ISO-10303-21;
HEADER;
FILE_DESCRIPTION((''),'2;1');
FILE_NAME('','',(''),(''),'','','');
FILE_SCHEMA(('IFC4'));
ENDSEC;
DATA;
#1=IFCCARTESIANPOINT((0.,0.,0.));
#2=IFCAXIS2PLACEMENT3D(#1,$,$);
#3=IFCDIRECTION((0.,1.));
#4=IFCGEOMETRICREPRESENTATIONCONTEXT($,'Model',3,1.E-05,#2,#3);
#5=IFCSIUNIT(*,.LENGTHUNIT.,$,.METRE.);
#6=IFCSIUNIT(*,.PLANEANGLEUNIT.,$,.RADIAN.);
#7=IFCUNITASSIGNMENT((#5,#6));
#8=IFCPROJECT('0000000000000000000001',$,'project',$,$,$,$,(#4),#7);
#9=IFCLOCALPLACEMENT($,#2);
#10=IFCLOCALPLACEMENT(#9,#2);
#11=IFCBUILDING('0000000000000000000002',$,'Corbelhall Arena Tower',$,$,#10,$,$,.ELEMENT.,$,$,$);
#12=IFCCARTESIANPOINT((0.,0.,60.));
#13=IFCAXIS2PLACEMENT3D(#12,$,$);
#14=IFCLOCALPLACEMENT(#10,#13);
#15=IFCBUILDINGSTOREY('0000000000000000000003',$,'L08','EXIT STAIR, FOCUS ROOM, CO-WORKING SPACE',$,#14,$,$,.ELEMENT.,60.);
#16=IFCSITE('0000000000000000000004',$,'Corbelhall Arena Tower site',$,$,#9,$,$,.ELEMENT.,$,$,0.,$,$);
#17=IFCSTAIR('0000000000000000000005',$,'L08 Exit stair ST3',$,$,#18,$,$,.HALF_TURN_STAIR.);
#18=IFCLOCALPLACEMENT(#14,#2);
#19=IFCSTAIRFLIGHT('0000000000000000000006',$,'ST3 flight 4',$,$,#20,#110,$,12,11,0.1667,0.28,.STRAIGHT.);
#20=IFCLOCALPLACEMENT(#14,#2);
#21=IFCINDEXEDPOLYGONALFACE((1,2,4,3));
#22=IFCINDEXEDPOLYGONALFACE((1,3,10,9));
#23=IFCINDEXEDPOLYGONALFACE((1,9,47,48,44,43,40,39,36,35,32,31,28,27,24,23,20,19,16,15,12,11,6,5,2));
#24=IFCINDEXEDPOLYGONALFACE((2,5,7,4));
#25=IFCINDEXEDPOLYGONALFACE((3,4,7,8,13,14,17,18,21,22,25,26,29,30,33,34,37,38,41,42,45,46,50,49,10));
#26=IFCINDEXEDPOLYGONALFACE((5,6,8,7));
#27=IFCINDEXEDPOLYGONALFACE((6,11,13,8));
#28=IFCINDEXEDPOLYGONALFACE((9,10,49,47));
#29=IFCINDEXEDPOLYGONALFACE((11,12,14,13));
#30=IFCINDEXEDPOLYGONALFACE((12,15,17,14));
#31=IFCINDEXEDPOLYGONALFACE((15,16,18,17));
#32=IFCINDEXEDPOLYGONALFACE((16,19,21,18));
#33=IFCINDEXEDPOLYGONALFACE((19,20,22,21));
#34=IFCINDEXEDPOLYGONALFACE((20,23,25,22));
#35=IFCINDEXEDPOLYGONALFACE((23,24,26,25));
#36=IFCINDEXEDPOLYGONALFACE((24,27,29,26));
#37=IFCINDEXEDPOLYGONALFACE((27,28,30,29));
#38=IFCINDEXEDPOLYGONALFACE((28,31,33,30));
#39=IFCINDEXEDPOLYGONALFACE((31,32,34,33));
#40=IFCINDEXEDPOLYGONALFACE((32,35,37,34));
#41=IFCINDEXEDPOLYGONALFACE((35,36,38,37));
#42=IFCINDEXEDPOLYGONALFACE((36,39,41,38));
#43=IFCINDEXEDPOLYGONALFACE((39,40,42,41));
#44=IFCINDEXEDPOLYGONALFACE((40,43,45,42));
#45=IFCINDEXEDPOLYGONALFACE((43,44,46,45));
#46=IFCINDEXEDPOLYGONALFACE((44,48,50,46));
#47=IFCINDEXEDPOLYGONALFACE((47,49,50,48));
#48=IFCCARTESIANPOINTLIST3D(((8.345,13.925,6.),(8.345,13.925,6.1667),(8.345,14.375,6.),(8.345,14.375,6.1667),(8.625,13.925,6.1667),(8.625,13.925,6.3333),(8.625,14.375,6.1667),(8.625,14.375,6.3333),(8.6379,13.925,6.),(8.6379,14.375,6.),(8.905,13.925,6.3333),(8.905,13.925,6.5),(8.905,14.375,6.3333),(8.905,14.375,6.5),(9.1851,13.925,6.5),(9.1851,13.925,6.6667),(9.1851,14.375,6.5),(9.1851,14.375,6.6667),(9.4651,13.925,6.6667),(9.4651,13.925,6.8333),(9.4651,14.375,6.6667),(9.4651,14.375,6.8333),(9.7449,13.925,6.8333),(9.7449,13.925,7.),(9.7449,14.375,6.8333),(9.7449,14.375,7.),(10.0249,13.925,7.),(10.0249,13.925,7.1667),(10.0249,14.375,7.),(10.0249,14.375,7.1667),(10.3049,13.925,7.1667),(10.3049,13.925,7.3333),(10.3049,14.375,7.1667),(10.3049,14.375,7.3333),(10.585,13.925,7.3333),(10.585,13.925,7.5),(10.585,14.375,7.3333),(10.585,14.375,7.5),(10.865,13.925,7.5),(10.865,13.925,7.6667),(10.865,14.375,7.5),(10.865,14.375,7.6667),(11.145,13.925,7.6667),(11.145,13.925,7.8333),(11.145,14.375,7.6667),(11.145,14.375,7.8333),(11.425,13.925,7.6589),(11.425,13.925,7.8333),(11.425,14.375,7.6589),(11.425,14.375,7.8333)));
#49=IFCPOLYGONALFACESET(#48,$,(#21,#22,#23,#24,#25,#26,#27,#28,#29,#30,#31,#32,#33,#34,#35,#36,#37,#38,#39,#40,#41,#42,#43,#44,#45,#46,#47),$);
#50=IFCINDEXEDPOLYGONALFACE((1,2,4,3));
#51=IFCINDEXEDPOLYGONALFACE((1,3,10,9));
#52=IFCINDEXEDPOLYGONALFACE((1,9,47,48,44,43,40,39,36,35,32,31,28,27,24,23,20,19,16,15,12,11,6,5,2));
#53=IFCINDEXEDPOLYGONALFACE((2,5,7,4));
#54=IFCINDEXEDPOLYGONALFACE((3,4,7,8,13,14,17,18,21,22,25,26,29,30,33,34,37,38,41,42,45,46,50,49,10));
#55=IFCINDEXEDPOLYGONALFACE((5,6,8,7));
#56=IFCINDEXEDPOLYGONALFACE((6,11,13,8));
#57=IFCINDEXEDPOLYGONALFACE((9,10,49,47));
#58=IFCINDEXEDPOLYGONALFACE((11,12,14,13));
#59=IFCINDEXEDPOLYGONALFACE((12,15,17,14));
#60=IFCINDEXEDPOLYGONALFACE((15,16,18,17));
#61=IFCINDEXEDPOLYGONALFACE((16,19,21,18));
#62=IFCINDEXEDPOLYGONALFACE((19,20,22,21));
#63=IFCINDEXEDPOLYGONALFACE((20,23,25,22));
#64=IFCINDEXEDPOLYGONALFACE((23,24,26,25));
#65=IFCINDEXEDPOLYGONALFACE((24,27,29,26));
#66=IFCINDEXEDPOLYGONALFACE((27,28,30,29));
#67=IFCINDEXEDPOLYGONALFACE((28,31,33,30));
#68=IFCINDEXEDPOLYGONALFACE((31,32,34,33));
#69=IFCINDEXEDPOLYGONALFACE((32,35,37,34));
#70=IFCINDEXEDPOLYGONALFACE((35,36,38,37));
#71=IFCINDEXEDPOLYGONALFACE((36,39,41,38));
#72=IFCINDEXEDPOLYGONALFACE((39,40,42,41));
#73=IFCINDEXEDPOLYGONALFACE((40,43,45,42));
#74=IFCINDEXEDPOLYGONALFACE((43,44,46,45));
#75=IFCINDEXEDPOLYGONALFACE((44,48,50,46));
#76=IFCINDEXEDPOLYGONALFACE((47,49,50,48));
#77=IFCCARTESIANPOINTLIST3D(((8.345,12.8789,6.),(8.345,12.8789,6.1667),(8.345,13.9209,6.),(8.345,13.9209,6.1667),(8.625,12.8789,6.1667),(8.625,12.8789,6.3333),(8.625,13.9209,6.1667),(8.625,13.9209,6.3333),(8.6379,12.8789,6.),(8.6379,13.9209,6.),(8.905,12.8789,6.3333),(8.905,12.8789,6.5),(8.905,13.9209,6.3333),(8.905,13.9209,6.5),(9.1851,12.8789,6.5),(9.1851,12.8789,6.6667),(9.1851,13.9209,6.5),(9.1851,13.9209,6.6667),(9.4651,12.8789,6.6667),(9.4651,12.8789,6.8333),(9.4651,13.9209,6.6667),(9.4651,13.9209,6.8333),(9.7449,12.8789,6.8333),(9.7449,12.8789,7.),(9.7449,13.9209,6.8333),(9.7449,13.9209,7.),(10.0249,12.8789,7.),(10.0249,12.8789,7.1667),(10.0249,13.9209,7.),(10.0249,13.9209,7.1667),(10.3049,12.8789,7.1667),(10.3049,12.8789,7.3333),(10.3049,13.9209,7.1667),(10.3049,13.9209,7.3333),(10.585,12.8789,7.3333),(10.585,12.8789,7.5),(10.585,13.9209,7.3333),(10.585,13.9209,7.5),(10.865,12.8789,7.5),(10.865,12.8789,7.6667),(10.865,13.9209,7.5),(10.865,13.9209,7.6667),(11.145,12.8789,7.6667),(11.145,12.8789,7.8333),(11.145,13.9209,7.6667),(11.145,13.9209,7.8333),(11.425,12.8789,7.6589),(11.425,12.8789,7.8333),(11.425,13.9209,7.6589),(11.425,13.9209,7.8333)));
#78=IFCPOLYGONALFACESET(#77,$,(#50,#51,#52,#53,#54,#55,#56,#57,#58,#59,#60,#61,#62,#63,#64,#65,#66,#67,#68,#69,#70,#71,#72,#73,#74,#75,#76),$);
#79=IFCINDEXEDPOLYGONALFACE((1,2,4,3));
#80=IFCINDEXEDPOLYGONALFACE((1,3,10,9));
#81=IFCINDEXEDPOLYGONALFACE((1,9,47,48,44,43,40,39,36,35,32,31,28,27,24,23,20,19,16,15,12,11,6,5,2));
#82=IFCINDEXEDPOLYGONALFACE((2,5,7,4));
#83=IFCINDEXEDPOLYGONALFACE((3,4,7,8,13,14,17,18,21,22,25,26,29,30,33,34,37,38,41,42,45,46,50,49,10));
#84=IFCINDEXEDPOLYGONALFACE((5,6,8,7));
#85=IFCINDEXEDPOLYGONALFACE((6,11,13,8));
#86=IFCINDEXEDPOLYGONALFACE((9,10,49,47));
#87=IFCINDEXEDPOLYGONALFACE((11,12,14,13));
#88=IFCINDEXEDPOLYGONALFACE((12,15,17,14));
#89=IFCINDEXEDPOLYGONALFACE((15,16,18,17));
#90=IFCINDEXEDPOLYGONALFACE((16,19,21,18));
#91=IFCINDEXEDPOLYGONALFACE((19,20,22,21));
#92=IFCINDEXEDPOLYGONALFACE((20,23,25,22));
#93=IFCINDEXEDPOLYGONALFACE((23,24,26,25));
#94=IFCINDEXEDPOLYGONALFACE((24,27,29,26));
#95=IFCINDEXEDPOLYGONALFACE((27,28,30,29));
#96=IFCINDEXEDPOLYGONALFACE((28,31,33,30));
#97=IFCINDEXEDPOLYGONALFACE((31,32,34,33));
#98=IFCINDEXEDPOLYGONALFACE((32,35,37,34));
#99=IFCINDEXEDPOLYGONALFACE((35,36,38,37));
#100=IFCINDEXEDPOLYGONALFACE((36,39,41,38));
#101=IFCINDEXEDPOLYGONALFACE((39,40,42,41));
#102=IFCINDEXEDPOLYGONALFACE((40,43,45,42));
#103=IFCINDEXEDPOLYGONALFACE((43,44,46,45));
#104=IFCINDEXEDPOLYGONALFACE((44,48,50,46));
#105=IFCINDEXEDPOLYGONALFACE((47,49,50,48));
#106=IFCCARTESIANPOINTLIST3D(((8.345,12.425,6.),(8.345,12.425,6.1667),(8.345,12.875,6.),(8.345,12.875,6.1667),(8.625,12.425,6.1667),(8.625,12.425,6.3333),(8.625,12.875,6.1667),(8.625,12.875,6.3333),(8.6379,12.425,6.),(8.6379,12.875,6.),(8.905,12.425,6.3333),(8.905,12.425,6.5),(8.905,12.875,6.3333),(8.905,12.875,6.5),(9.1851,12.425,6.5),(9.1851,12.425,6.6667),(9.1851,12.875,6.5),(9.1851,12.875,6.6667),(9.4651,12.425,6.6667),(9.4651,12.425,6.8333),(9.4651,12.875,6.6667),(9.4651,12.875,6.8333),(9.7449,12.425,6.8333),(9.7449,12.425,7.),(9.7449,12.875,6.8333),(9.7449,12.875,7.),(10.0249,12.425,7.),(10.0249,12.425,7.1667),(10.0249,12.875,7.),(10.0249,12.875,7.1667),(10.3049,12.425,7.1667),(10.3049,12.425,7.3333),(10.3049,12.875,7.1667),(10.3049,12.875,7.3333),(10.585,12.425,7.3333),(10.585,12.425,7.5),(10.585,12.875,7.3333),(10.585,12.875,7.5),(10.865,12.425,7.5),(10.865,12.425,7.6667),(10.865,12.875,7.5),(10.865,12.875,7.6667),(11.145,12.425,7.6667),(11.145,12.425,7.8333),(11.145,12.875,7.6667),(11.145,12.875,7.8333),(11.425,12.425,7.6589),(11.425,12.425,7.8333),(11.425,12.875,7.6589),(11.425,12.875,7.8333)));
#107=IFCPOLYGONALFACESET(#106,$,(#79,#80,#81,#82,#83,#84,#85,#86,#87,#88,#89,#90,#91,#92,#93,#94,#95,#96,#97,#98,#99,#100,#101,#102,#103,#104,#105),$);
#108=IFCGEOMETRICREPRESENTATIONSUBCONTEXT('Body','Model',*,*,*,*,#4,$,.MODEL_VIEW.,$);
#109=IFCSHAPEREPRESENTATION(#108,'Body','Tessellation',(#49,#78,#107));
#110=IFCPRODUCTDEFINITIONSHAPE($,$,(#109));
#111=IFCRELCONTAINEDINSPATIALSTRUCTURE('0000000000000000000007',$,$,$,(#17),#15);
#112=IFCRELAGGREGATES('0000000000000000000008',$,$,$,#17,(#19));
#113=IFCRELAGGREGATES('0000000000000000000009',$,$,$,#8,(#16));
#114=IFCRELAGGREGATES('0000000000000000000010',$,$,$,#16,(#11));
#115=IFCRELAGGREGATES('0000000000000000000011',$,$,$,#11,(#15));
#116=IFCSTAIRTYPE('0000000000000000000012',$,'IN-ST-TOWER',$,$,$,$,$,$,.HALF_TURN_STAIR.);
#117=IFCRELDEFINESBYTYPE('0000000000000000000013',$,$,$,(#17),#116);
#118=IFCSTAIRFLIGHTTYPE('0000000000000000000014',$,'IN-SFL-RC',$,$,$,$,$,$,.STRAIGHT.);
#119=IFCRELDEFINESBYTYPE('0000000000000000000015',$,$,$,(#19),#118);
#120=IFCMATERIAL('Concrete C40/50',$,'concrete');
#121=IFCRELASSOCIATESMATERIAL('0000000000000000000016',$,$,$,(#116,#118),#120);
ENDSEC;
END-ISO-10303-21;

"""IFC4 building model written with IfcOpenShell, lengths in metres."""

from ifc_helpers import new_model, si_unit, direction, frame, origin, place, context, subcontext, project, spatial, polyline, outline, extrude, material, type_object, element, aggregate, save


model = new_model("IFC4")

# Units and contexts
model_context = context("Model", 3, precision=1e-05, world=origin(), true_north=direction((0.0, 1.0)))
body_context = subcontext(model_context, "Body", "Model", "MODEL_VIEW")
ifc_project = project(units=[si_unit("LENGTHUNIT", "METRE"), si_unit("PLANEANGLEUNIT", "RADIAN")], contexts=[model_context])

# Site, building, storey
site_placement = place(None, origin())
site = spatial("IfcSite", under=ifc_project, at=site_placement, Name="Corbelhall Arena Tower site", CompositionType="ELEMENT", RefElevation=0.0)
building_placement = place(site_placement, origin())
building = spatial("IfcBuilding", under=site, at=building_placement, Name="Corbelhall Arena Tower", CompositionType="ELEMENT")
storey_placement = place(building_placement, frame((0.0, 0.0, 60.0)))
storey = spatial("IfcBuildingStorey", under=building, at=storey_placement, Name="L08", Description="EXIT STAIR, FOCUS ROOM, CO-WORKING SPACE", CompositionType="ELEMENT", Elevation=60.0)

# Shared definitions
ifc_material_1 = material(Name="Concrete C40/50", Category="concrete")

# Stair, stair flight
stair_type = type_object("IfcStairType", Name="IN-ST-TOWER", PredefinedType="HALF_TURN_STAIR", material=ifc_material_1)
stair_placement = place(storey_placement, origin())
stair = element("IfcStair", 1, at=stair_placement, inside=storey, type_object=stair_type, Name="L08 Exit stair ST3", PredefinedType="HALF_TURN_STAIR")
stair_flight_type = type_object("IfcStairFlightType", Name="IN-SFL-RC", PredefinedType="STRAIGHT", material=ifc_material_1)
stair_flight_1_placement = place(storey_placement, frame((8.345, 13.3999, 6.0), z_axis=(0.0, 0.0, 1.0), x_axis=(1.0, 0.0, 0.0)))
stair_flight_1 = element("IfcStairFlight", 2, at=stair_flight_1_placement, type_object=stair_flight_type, Name="ST3 flight 4", NumberOfRisers=12, NumberOfTreads=11, PredefinedType="STRAIGHT", RiserHeight=0.1667, TreadLength=0.28, context=body_context, shape_type="SweptSolid", body=[
    extrude(outline(polyline([(0.0, 0.0), (0.0, 0.1667), (0.28, 0.1667), (0.28, 0.3333), (0.5601, 0.3333), (0.5601, 0.5), (0.8401, 0.5), (0.8401, 0.6667), (1.1201, 0.6667), (1.1201, 0.8333), (1.3999, 0.8333), (1.3999, 1.0), (1.6799, 1.0), (1.6799, 1.1667), (1.96, 1.1667), (1.96, 1.3333), (2.24, 1.3333), (2.24, 1.5), (2.52, 1.5), (2.52, 1.6667), (2.8, 1.6667), (2.8, 1.8333), (3.0801, 1.8333), (3.0801, 2.0), (3.0801, 1.6589), (0.293, 0.0), (0.0, 0.0)])), frame((0.0, 0.9751, 0.0), z_axis=(0.0, -1.0, 0.0), x_axis=(1.0, 0.0, 0.0)), (0.0, 0.0, 1.0), 0.45),
    extrude(outline(polyline([(0.0, 0.0), (0.0, 0.1667), (0.28, 0.1667), (0.28, 0.3333), (0.5601, 0.3333), (0.5601, 0.5), (0.8401, 0.5), (0.8401, 0.6667), (1.1201, 0.6667), (1.1201, 0.8333), (1.3999, 0.8333), (1.3999, 1.0), (1.6799, 1.0), (1.6799, 1.1667), (1.96, 1.1667), (1.96, 1.3333), (2.24, 1.3333), (2.24, 1.5), (2.52, 1.5), (2.52, 1.6667), (2.8, 1.6667), (2.8, 1.8333), (3.0801, 1.8333), (3.0801, 2.0), (3.0801, 1.6589), (0.293, 0.0), (0.0, 0.0)])), frame((0.0, 0.521, 0.0), z_axis=(0.0, -1.0, 0.0), x_axis=(1.0, 0.0, 0.0)), (0.0, 0.0, 1.0), 1.042),
    extrude(outline(polyline([(0.0, 0.0), (0.0, 0.1667), (0.28, 0.1667), (0.28, 0.3333), (0.5601, 0.3333), (0.5601, 0.5), (0.8401, 0.5), (0.8401, 0.6667), (1.1201, 0.6667), (1.1201, 0.8333), (1.3999, 0.8333), (1.3999, 1.0), (1.6799, 1.0), (1.6799, 1.1667), (1.96, 1.1667), (1.96, 1.3333), (2.24, 1.3333), (2.24, 1.5), (2.52, 1.5), (2.52, 1.6667), (2.8, 1.6667), (2.8, 1.8333), (3.0801, 1.8333), (3.0801, 2.0), (3.0801, 1.6589), (0.293, 0.0), (0.0, 0.0)])), frame((0.0, -0.5249, 0.0), z_axis=(0.0, -1.0, 0.0), x_axis=(1.0, 0.0, 0.0)), (0.0, 0.0, 1.0), 0.45),
])
aggregate(stair, [stair_flight_1])

save(model, "model.ifc")
